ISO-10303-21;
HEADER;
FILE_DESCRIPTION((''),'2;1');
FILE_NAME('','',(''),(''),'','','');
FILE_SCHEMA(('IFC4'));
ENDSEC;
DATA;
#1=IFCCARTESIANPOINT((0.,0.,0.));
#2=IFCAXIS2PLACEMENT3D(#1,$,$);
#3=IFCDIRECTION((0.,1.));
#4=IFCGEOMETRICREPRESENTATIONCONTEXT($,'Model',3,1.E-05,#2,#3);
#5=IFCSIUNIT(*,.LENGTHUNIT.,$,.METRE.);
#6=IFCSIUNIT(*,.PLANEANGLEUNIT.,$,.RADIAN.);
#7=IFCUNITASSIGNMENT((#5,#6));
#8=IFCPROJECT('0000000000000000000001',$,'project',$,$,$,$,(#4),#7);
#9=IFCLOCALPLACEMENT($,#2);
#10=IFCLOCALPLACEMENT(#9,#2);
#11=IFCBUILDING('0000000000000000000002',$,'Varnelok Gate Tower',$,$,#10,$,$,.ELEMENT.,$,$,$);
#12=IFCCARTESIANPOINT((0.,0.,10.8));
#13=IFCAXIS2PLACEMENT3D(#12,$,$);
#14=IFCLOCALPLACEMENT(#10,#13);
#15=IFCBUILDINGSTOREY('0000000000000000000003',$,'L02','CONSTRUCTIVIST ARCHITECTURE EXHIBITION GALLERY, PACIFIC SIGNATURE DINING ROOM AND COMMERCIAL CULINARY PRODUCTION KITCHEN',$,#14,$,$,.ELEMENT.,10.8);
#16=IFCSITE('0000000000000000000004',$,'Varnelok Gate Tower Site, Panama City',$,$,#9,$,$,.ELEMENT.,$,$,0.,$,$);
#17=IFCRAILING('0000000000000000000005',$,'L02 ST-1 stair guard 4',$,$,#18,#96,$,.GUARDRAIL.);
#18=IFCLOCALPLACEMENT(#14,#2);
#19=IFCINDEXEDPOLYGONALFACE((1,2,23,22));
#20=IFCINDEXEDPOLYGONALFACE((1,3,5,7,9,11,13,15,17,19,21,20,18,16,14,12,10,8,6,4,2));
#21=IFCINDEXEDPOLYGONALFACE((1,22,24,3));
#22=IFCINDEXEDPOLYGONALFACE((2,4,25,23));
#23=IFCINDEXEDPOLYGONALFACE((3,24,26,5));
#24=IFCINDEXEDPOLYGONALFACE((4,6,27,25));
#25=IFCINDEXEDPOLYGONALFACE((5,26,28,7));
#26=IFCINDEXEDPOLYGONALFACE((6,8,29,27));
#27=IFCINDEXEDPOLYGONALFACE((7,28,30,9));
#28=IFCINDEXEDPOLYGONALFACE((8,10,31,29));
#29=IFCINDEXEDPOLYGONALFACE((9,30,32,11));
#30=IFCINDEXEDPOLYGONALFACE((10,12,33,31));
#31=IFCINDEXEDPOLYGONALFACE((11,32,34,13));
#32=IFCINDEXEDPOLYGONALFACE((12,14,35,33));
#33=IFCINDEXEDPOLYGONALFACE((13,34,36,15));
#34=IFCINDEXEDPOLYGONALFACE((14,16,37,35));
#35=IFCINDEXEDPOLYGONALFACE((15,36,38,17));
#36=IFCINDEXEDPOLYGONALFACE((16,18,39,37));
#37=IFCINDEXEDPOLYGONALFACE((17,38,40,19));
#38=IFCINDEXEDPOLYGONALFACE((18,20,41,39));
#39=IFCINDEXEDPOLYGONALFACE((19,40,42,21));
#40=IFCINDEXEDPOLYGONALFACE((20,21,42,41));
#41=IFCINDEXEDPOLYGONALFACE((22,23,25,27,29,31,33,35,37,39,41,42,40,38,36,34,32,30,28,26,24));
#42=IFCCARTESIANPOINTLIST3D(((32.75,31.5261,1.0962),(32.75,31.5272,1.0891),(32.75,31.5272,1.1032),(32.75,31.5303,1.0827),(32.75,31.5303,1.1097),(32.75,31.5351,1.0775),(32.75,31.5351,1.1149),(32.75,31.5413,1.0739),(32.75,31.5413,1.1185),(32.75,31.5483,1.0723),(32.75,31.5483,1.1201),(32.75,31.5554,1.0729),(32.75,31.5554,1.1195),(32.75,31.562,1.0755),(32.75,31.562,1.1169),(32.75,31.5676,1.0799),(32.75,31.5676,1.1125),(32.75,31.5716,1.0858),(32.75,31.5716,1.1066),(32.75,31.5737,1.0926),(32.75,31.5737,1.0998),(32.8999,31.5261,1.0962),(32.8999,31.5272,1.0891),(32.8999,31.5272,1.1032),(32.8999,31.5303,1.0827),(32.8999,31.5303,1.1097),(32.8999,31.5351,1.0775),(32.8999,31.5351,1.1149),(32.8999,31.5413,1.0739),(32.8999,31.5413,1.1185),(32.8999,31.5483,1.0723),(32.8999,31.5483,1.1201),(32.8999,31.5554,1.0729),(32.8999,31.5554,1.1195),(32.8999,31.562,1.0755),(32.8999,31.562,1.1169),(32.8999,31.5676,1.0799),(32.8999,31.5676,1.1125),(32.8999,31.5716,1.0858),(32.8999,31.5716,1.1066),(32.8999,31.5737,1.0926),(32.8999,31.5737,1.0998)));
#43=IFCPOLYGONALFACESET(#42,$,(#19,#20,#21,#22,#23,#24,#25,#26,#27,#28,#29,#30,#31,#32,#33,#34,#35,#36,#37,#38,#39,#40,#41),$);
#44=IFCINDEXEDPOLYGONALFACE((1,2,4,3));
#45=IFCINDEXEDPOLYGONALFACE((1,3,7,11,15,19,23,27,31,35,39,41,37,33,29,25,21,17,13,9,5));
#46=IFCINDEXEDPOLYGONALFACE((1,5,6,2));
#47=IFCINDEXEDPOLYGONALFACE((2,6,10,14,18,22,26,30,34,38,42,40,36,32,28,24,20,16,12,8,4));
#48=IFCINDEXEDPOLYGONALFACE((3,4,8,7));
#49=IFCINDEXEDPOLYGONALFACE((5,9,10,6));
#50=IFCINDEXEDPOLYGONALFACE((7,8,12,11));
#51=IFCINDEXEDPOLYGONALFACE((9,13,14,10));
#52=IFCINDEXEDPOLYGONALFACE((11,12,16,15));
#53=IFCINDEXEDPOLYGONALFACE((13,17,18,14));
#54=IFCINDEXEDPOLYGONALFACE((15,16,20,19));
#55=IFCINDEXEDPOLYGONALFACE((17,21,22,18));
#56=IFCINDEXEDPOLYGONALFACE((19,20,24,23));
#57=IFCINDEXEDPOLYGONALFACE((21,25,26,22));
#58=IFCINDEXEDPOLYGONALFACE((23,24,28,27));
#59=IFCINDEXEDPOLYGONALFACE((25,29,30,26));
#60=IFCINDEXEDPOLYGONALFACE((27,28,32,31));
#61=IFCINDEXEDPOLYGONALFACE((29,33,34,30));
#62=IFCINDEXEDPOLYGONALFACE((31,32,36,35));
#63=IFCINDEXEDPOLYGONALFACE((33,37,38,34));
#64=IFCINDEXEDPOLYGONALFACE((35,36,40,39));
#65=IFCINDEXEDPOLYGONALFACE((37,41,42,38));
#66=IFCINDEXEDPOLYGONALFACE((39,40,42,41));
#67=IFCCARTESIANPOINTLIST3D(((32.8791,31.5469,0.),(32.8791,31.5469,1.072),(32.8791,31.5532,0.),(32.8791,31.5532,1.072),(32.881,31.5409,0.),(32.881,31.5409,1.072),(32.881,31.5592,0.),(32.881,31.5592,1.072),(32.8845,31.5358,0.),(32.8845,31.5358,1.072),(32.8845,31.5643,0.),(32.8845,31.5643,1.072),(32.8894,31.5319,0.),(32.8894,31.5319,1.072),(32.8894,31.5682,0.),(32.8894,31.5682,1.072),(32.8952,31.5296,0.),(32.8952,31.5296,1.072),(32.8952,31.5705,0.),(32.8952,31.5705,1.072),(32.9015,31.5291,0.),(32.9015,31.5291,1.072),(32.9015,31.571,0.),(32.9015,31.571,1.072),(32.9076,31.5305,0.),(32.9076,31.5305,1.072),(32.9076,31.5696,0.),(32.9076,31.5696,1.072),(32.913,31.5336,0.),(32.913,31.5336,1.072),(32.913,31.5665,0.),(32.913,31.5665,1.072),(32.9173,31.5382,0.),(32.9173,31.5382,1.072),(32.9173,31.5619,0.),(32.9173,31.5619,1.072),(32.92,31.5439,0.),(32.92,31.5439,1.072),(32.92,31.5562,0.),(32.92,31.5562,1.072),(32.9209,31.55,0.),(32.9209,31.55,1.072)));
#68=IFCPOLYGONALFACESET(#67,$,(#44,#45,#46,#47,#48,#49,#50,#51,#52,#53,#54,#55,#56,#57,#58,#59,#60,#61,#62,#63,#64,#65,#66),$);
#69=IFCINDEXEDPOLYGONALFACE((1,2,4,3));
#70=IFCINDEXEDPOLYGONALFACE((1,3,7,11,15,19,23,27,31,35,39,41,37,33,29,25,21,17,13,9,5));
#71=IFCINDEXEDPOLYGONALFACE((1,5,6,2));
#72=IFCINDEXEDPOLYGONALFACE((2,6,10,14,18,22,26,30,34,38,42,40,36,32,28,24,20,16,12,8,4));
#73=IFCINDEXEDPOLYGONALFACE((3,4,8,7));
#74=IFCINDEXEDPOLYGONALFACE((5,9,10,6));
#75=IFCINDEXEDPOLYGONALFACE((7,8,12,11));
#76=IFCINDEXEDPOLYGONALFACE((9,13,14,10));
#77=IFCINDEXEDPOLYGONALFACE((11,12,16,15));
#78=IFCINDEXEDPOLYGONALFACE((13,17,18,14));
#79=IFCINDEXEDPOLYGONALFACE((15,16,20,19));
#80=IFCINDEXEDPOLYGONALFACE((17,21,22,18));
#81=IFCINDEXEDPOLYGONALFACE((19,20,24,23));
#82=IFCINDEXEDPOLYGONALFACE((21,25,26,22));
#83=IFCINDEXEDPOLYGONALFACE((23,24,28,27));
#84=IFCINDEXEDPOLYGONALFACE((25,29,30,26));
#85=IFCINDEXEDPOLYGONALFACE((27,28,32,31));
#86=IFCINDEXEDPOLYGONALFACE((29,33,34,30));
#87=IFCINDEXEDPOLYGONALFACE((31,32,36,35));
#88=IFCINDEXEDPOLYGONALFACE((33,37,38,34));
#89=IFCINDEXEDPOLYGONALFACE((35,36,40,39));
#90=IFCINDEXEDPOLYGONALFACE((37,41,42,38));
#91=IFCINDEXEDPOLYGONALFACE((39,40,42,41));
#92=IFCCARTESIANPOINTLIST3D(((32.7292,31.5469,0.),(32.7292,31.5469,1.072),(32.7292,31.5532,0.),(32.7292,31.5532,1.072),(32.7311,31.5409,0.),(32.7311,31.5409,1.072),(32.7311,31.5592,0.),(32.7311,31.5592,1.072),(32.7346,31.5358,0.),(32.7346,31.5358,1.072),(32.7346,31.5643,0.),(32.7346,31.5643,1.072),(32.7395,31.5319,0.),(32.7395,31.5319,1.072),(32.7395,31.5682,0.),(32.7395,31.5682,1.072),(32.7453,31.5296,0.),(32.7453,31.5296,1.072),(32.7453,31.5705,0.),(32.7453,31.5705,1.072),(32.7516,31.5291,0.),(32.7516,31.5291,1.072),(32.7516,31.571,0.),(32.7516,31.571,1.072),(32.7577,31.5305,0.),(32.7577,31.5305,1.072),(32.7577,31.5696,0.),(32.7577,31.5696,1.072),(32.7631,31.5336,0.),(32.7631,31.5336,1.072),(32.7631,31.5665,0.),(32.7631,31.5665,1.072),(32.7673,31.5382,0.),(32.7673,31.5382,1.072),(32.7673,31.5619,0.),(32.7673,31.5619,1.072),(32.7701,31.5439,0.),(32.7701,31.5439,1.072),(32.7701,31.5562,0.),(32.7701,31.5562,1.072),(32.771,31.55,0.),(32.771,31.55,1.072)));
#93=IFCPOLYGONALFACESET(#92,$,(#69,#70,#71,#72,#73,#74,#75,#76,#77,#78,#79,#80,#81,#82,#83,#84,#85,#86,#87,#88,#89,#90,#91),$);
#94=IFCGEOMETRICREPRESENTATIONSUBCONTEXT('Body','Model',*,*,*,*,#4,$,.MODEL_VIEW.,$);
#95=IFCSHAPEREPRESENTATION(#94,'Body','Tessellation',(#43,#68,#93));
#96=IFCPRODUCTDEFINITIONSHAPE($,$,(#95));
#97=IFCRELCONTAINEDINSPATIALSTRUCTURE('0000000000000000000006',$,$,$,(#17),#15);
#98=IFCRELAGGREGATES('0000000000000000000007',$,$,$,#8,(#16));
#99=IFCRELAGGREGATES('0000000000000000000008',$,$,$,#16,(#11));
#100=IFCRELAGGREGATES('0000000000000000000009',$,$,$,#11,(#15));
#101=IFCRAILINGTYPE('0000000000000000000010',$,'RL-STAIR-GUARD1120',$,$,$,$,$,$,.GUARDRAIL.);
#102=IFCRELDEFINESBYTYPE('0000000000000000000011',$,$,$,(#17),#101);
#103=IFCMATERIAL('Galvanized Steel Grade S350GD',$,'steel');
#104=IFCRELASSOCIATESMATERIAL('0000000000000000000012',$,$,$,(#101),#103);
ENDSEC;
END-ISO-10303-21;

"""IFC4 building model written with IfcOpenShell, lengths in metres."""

from ifc_helpers import new_model, si_unit, direction, frame, origin, origin_2d, place, context, subcontext, project, spatial, circle, extrude, material, type_object, element, save


model = new_model("IFC4")

# Units and contexts
model_context = context("Model", 3, precision=1e-05, world=origin(), true_north=direction((0.0, 1.0)))
body_context = subcontext(model_context, "Body", "Model", "MODEL_VIEW")
ifc_project = project(units=[si_unit("LENGTHUNIT", "METRE"), si_unit("PLANEANGLEUNIT", "RADIAN")], contexts=[model_context])

# Site, building, storey
site_placement = place(None, origin())
site = spatial("IfcSite", under=ifc_project, at=site_placement, Name="Varnelok Gate Tower Site, Panama City", CompositionType="ELEMENT", RefElevation=0.0)
building_placement = place(site_placement, origin())
building = spatial("IfcBuilding", under=site, at=building_placement, Name="Varnelok Gate Tower", CompositionType="ELEMENT")
storey_placement = place(building_placement, frame((0.0, 0.0, 10.8)))
storey = spatial("IfcBuildingStorey", under=building, at=storey_placement, Name="L02", Description="CONSTRUCTIVIST ARCHITECTURE EXHIBITION GALLERY, PACIFIC SIGNATURE DINING ROOM AND COMMERCIAL CULINARY PRODUCTION KITCHEN", CompositionType="ELEMENT", Elevation=10.8)

# Shared definitions
ifc_material_1 = material(Name="Galvanized Steel Grade S350GD", Category="steel")

# Railing
railing_type_1 = type_object("IfcRailingType", Name="RL-STAIR-GUARD1120", PredefinedType="GUARDRAIL", material=ifc_material_1)
railing_1_placement = place(storey_placement, frame((32.8999, 31.55, 0.0)))
element("IfcRailing", 1, at=railing_1_placement, inside=storey, type_object=railing_type_1, Name="L02 ST-1 stair guard 4", PredefinedType="GUARDRAIL", context=body_context, shape_type="SweptSolid", body=[
    extrude(circle(Radius=0.0239, at=origin_2d()), frame((0.0, 0.0, 1.0962), z_axis=(-1.0, 0.0, 0.0), x_axis=(0.0, -1.0, 0.0)), (0.0, 0.0, 1.0), 0.1499),
    extrude(circle(Radius=0.021, at=origin_2d()), origin(), (0.0, 0.0, 1.0), 1.072),
    extrude(circle(Radius=0.021, at=origin_2d()), frame((-0.1499, 0.0, 0.0)), (0.0, 0.0, 1.0), 1.072),
])

save(model, "model.ifc")
